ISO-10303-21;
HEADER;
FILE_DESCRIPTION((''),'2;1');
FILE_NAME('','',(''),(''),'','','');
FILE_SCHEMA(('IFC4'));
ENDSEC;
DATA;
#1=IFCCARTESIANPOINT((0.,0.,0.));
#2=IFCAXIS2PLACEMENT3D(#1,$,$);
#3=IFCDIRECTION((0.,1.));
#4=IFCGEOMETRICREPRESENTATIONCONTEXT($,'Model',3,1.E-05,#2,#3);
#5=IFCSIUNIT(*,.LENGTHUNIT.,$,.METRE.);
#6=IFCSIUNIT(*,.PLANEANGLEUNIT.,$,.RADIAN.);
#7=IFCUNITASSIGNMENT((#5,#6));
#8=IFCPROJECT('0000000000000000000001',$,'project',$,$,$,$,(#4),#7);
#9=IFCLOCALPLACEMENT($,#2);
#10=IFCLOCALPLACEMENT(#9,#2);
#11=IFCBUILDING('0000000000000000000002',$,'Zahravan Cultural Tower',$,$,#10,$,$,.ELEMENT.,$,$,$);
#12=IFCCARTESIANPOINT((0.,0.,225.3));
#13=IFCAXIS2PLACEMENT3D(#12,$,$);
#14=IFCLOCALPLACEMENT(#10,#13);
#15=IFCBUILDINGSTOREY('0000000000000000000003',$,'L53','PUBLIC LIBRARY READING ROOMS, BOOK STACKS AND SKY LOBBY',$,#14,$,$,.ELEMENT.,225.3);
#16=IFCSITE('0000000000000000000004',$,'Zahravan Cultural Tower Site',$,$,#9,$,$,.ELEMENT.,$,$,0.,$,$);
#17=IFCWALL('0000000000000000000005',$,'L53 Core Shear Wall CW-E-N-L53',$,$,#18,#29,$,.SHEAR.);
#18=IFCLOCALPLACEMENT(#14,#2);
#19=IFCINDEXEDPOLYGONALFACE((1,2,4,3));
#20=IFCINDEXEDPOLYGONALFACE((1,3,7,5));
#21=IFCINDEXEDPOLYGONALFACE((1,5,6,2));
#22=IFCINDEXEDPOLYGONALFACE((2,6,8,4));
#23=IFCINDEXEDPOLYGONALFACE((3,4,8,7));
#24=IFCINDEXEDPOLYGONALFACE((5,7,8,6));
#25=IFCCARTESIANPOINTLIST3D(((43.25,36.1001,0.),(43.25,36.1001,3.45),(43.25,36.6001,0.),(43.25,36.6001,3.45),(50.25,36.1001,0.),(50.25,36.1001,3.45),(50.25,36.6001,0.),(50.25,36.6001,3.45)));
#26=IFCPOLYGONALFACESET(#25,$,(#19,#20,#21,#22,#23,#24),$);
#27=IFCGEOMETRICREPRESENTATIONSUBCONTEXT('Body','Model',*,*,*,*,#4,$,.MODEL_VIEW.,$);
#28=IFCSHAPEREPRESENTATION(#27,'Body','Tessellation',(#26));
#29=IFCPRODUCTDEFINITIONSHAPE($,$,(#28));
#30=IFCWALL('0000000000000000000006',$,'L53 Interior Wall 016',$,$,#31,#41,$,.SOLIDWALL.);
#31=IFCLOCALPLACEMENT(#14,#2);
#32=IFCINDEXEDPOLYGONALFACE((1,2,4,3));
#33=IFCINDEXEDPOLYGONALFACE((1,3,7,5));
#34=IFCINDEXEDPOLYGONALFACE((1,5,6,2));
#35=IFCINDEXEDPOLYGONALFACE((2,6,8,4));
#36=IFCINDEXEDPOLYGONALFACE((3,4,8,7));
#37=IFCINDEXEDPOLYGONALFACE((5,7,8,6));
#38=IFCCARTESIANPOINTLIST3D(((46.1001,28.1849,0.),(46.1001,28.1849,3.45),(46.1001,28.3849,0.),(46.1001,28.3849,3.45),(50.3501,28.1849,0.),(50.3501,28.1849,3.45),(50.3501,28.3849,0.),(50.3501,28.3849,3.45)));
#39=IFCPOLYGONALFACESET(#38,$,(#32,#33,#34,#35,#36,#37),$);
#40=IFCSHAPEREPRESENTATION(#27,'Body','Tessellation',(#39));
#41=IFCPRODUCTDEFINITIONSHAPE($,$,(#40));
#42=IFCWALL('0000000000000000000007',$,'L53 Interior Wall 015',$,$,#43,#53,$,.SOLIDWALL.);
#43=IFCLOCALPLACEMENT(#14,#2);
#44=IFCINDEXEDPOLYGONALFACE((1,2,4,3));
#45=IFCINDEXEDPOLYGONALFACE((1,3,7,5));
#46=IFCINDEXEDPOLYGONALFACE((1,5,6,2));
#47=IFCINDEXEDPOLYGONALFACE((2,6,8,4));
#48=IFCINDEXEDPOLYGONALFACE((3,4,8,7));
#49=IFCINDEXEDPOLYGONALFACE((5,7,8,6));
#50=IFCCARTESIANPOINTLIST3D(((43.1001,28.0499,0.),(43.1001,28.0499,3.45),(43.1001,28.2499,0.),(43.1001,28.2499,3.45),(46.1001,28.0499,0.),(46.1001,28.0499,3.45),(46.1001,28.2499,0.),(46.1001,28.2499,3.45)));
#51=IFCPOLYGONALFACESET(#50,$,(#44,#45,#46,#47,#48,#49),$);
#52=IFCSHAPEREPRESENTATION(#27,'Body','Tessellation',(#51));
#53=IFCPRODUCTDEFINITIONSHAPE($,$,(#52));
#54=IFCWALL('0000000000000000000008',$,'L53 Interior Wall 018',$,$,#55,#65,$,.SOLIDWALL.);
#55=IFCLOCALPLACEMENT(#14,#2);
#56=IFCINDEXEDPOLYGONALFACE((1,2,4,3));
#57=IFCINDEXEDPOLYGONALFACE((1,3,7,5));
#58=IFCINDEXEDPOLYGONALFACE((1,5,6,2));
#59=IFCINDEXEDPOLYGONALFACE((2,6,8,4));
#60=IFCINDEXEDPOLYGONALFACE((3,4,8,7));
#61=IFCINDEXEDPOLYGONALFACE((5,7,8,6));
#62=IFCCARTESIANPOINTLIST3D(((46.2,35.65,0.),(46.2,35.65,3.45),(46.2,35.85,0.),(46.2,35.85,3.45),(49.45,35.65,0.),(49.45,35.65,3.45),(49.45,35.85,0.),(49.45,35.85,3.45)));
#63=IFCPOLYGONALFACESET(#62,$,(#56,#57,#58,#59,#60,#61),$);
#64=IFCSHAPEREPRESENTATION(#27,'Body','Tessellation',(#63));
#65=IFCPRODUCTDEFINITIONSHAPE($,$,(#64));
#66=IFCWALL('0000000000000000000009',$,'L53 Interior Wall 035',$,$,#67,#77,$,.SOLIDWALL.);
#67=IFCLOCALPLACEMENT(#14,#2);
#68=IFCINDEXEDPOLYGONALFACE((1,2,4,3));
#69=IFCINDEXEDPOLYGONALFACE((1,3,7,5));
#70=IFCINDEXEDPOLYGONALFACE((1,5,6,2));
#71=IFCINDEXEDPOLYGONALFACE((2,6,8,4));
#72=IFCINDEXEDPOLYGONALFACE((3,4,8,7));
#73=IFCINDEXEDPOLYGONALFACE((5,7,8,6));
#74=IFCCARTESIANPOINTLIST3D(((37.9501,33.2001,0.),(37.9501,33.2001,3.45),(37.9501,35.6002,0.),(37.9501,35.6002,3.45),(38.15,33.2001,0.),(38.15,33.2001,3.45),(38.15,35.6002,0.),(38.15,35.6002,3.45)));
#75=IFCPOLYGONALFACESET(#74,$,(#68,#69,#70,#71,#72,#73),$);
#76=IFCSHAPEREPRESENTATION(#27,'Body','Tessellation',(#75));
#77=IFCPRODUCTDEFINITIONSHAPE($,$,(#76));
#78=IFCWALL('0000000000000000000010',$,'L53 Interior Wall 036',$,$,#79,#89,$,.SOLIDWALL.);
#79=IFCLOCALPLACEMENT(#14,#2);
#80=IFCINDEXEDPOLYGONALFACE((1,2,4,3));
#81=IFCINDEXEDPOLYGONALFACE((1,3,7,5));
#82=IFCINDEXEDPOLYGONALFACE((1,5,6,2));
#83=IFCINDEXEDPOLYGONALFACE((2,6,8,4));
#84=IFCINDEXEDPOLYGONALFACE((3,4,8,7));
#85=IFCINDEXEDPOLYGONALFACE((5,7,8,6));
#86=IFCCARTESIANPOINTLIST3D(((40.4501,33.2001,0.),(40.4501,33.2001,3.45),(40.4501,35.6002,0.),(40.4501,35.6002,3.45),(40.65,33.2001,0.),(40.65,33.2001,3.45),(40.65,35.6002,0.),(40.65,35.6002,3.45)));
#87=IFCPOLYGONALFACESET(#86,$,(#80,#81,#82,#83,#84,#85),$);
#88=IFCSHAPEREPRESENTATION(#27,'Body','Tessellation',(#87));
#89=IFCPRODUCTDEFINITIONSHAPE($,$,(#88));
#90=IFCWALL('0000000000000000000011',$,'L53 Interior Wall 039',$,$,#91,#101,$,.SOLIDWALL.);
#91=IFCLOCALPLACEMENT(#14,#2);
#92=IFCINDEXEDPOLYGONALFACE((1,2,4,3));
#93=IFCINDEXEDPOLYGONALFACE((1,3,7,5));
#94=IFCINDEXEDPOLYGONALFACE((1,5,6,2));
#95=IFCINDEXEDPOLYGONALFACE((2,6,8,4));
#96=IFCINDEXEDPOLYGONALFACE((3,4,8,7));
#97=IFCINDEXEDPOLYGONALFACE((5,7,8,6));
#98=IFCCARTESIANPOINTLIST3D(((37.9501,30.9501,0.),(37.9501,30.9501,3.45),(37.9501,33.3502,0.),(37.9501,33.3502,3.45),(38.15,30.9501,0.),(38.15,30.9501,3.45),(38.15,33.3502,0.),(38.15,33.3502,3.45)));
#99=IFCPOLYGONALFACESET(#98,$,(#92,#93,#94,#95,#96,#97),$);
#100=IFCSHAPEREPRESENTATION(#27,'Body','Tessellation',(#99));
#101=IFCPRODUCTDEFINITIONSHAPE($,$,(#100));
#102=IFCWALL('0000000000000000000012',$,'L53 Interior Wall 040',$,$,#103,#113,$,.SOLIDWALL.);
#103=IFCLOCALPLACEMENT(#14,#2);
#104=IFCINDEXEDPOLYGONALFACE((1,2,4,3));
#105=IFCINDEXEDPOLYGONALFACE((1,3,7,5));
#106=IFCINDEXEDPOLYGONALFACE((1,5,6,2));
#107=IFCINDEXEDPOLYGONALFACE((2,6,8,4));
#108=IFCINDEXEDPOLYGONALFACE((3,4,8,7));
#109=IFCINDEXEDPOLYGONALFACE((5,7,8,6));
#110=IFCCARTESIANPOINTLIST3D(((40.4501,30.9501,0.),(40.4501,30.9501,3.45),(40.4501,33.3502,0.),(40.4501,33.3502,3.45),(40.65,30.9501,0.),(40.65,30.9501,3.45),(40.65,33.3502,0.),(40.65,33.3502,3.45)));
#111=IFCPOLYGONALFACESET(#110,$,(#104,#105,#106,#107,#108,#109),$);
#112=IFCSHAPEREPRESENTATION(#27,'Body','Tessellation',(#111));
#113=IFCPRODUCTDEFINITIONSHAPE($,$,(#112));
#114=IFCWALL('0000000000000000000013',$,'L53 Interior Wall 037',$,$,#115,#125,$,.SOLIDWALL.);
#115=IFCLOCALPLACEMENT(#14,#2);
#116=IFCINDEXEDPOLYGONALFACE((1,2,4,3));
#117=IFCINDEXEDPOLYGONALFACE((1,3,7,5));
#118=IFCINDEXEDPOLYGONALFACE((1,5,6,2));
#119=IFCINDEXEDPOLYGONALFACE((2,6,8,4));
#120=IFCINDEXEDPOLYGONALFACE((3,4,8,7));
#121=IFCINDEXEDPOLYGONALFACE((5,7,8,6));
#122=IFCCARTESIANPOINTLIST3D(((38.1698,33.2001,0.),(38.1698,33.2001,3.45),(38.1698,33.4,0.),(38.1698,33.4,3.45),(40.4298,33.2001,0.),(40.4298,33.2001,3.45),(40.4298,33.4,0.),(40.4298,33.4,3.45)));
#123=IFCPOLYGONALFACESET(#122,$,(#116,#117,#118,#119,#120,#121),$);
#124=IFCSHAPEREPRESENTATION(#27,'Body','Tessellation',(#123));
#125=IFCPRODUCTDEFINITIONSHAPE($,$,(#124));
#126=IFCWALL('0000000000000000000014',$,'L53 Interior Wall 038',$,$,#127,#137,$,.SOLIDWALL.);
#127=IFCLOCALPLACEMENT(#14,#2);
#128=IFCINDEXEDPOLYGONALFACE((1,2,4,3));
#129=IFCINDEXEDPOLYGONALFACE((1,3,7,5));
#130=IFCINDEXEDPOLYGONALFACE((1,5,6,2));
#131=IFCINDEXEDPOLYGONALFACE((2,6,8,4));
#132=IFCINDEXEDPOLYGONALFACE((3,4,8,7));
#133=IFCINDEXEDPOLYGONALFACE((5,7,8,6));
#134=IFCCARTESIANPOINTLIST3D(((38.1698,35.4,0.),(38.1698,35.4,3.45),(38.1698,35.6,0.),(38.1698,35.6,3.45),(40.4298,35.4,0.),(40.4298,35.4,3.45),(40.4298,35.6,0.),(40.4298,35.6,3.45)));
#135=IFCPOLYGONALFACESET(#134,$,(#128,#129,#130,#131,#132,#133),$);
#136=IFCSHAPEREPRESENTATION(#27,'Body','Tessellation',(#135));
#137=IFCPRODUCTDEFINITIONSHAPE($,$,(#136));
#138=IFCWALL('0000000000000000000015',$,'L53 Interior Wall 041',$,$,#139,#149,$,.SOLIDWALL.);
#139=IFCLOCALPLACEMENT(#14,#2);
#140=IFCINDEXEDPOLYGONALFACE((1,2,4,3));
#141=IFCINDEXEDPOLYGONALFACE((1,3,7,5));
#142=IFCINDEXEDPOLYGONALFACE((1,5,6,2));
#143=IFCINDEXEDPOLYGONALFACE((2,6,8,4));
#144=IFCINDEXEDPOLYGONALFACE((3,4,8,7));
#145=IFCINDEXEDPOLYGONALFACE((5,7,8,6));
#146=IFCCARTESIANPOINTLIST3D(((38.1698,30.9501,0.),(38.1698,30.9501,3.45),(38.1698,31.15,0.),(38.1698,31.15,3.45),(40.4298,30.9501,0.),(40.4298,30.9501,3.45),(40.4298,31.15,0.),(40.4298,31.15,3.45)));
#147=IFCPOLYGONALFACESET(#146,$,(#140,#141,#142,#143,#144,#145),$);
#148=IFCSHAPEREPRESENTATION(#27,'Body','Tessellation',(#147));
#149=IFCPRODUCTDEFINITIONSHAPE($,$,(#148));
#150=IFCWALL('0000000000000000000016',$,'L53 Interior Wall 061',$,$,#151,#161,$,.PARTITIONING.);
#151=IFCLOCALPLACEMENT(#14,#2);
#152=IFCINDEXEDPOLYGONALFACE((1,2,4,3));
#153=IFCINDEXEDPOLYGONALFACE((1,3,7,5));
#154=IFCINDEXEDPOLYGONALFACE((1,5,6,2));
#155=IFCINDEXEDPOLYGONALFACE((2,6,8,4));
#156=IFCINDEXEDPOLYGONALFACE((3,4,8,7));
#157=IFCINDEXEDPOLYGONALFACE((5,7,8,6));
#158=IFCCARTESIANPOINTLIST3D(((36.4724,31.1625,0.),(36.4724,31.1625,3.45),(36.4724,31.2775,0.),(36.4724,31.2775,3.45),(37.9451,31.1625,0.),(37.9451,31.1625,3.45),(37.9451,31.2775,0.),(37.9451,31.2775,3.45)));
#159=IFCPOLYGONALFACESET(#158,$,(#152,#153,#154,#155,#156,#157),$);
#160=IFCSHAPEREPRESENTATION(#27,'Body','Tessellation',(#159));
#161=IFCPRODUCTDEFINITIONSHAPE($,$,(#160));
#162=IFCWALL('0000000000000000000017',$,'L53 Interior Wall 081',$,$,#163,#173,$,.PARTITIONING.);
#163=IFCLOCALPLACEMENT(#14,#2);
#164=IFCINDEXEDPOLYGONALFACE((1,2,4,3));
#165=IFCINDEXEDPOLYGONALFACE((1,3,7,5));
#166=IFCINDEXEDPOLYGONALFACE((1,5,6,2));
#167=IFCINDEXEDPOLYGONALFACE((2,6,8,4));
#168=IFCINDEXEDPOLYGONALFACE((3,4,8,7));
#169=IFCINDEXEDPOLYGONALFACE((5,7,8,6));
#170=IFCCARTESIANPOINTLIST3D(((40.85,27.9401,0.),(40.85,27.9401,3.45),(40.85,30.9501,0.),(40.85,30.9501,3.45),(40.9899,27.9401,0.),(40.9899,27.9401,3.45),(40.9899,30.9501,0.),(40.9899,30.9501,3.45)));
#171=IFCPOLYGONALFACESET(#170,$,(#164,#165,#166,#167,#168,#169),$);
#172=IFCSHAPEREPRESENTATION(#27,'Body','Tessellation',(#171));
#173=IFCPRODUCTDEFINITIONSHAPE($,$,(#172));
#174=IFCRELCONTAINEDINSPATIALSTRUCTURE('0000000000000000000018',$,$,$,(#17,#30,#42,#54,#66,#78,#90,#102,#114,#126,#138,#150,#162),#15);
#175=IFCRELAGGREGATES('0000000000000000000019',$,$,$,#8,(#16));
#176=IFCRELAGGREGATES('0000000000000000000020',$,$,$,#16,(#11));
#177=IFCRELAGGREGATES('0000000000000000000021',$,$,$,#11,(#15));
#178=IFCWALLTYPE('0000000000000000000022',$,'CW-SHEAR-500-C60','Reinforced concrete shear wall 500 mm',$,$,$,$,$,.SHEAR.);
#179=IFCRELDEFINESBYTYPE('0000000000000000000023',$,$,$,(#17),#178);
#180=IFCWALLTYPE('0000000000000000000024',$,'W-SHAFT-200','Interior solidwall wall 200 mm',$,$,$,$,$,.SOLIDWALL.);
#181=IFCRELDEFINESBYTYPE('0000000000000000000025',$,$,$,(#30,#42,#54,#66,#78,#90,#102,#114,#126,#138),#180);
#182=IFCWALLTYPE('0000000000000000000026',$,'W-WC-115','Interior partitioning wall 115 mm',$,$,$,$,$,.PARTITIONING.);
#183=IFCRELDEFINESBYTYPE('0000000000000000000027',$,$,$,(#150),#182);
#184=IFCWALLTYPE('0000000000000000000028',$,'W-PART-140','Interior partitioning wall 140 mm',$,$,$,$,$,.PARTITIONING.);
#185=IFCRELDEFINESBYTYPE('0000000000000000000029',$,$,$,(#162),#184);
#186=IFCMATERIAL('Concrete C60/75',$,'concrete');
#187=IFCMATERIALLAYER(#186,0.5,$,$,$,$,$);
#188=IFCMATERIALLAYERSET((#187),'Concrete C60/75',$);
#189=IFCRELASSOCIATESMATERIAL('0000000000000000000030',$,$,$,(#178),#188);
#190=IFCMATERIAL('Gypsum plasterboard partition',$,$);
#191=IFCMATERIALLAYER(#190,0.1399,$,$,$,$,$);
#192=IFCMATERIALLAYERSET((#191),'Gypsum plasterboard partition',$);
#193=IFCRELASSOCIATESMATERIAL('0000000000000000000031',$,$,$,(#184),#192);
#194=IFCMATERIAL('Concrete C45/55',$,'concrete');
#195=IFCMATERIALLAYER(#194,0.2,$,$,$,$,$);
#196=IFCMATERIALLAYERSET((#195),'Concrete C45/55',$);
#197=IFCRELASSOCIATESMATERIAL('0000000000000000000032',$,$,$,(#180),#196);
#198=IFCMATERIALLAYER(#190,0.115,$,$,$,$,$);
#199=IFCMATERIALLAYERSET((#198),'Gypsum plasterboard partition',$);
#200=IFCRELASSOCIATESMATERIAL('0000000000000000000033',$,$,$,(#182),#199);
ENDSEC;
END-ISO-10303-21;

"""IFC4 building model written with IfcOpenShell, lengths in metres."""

from ifc_helpers import new_model, si_unit, direction, frame, frame_2d, origin, place, context, subcontext, project, spatial, rectangle, extrude, source, transform, mapped, material, layer, layer_set, type_object, element, save


model = new_model("IFC4")

# Units and contexts
model_context = context("Model", 3, precision=1e-05, world=origin(), true_north=direction((0.0, 1.0)))
body_context = subcontext(model_context, "Body", "Model", "MODEL_VIEW")
ifc_project = project(units=[si_unit("LENGTHUNIT", "METRE"), si_unit("PLANEANGLEUNIT", "RADIAN")], contexts=[model_context])

# Site, building, storey
site_placement = place(None, origin())
site = spatial("IfcSite", under=ifc_project, at=site_placement, Name="Zahravan Cultural Tower Site", CompositionType="ELEMENT", RefElevation=0.0)
building_placement = place(site_placement, origin())
building = spatial("IfcBuilding", under=site, at=building_placement, Name="Zahravan Cultural Tower", CompositionType="ELEMENT")
storey_placement = place(building_placement, frame((0.0, 0.0, 225.3)))
storey = spatial("IfcBuildingStorey", under=building, at=storey_placement, Name="L53", Description="PUBLIC LIBRARY READING ROOMS, BOOK STACKS AND SKY LOBBY", CompositionType="ELEMENT", Elevation=225.3)

# Shared definitions
ifc_material_1 = material(Name="Concrete C60/75", Category="concrete")
ifc_layer_1 = layer(ifc_material_1, 0.5)
ifc_layer_set_1 = layer_set([ifc_layer_1], Name="Concrete C60/75")
wall_type_1 = type_object("IfcWallType", Name="CW-SHEAR-500-C60", Description="Reinforced concrete shear wall 500 mm", PredefinedType="SHEAR", material=ifc_layer_set_1)
ifc_material_2 = material(Name="Gypsum plasterboard partition")
ifc_layer_2 = layer(ifc_material_2, 0.1399)
ifc_layer_set_2 = layer_set([ifc_layer_2], Name="Gypsum plasterboard partition")
wall_type_2 = type_object("IfcWallType", Name="W-PART-140", Description="Interior partitioning wall 140 mm", PredefinedType="PARTITIONING", material=ifc_layer_set_2)
ifc_material_3 = material(Name="Concrete C45/55", Category="concrete")
ifc_layer_3 = layer(ifc_material_3, 0.2)
ifc_layer_set_3 = layer_set([ifc_layer_3], Name="Concrete C45/55")
wall_type_3 = type_object("IfcWallType", Name="W-SHAFT-200", Description="Interior solidwall wall 200 mm", PredefinedType="SOLIDWALL", material=ifc_layer_set_3)

# Walls
shared_shape_1 = source(origin(), body_context, "Body", "SweptSolid", [
    extrude(rectangle(XDim=7.0, YDim=0.5, at=frame_2d((3.5, 0.0))), origin(), (0.0, 0.0, 1.0), 3.45),
])
wall_1_placement = place(storey_placement, frame((43.25, 36.3501, 0.0), z_axis=(0.0, 0.0, 1.0), x_axis=(1.0, 0.0, 0.0)))
element("IfcWall", 1, at=wall_1_placement, inside=storey, type_object=wall_type_1, Name="L53 Core Shear Wall CW-E-N-L53", PredefinedType="SHEAR", context=body_context, shape_type="MappedRepresentation", body=[
    mapped(shared_shape_1, transform((0.0, 0.0, 0.0), x_axis=(1.0, 0.0, 0.0), y_axis=(0.0, 1.0, 0.0), z_axis=(0.0, 0.0, 1.0), scale=1.0)),
])
shared_shape_2 = source(origin(), body_context, "Body", "SweptSolid", [
    extrude(rectangle(XDim=4.25, YDim=0.2, at=frame_2d((2.125, 0.0))), origin(), (0.0, 0.0, 1.0), 3.45),
])
wall_2_placement = place(storey_placement, frame((46.1001, 28.2849, 0.0), z_axis=(0.0, 0.0, 1.0), x_axis=(1.0, 0.0, 0.0)))
element("IfcWall", 2, at=wall_2_placement, inside=storey, type_object=wall_type_3, Name="L53 Interior Wall 016", PredefinedType="SOLIDWALL", context=body_context, shape_type="MappedRepresentation", body=[
    mapped(shared_shape_2, transform((0.0, 0.0, 0.0), x_axis=(1.0, 0.0, 0.0), y_axis=(0.0, 1.0, 0.0), z_axis=(0.0, 0.0, 1.0), scale=1.0)),
])
shared_shape_3 = source(origin(), body_context, "Body", "SweptSolid", [
    extrude(rectangle(XDim=3.0, YDim=0.2, at=frame_2d((1.5, 0.0))), origin(), (0.0, 0.0, 1.0), 3.45),
])
wall_3_placement = place(storey_placement, frame((43.1001, 28.1499, 0.0), z_axis=(0.0, 0.0, 1.0), x_axis=(1.0, 0.0, 0.0)))
element("IfcWall", 3, at=wall_3_placement, inside=storey, type_object=wall_type_3, Name="L53 Interior Wall 015", PredefinedType="SOLIDWALL", context=body_context, shape_type="MappedRepresentation", body=[
    mapped(shared_shape_3, transform((0.0, 0.0, 0.0), x_axis=(1.0, 0.0, 0.0), y_axis=(0.0, 1.0, 0.0), z_axis=(0.0, 0.0, 1.0), scale=1.0)),
])
shared_shape_4 = source(origin(), body_context, "Body", "SweptSolid", [
    extrude(rectangle(XDim=3.25, YDim=0.2, at=frame_2d((1.625, 0.0))), origin(), (0.0, 0.0, 1.0), 3.45),
])
wall_4_placement = place(storey_placement, frame((46.2, 35.75, 0.0), z_axis=(0.0, 0.0, 1.0), x_axis=(1.0, 0.0, 0.0)))
element("IfcWall", 4, at=wall_4_placement, inside=storey, type_object=wall_type_3, Name="L53 Interior Wall 018", PredefinedType="SOLIDWALL", context=body_context, shape_type="MappedRepresentation", body=[
    mapped(shared_shape_4, transform((0.0, 0.0, 0.0), x_axis=(1.0, 0.0, 0.0), y_axis=(0.0, 1.0, 0.0), z_axis=(0.0, 0.0, 1.0), scale=1.0)),
])
shared_shape_5 = source(origin(), body_context, "Body", "SweptSolid", [
    extrude(rectangle(XDim=2.4001, YDim=0.2, at=frame_2d((1.2002, 0.0))), origin(), (0.0, 0.0, 1.0), 3.45),
])
for number, where, z_axis, x_axis, name in (
    (5, (38.05, 33.2, 0.0), (0.0, 0.0, 1.0), (0.0, 1.0, 0.0), "L53 Interior Wall 035"),
    (6, (40.55, 33.2, 0.0), (0.0, 0.0, 1.0), (0.0, 1.0, 0.0), "L53 Interior Wall 036"),
    (7, (38.05, 30.95, 0.0), (0.0, 0.0, 1.0), (0.0, 1.0, 0.0), "L53 Interior Wall 039"),
    (8, (40.55, 30.95, 0.0), (0.0, 0.0, 1.0), (0.0, 1.0, 0.0), "L53 Interior Wall 040"),
):
    element("IfcWall", number, at=place(storey_placement, frame(where, z_axis=z_axis, x_axis=x_axis)), inside=storey, type_object=wall_type_3, Name=name, PredefinedType="SOLIDWALL", context=body_context, shape_type="MappedRepresentation", body=[
        mapped(shared_shape_5, transform((0.0, 0.0, 0.0), x_axis=(1.0, 0.0, 0.0), y_axis=(0.0, 1.0, 0.0), z_axis=(0.0, 0.0, 1.0), scale=1.0)),
    ])
shared_shape_6 = source(origin(), body_context, "Body", "SweptSolid", [
    extrude(rectangle(XDim=2.26, YDim=0.2, at=frame_2d((1.1299, 0.0))), origin(), (0.0, 0.0, 1.0), 3.45),
])
for number, where, z_axis, x_axis, name in (
    (9, (38.1699, 33.3, 0.0), (0.0, 0.0, 1.0), (1.0, 0.0, 0.0), "L53 Interior Wall 037"),
    (10, (38.1699, 35.5, 0.0), (0.0, 0.0, 1.0), (1.0, 0.0, 0.0), "L53 Interior Wall 038"),
    (11, (38.1699, 31.05, 0.0), (0.0, 0.0, 1.0), (1.0, 0.0, 0.0), "L53 Interior Wall 041"),
):
    element("IfcWall", number, at=place(storey_placement, frame(where, z_axis=z_axis, x_axis=x_axis)), inside=storey, type_object=wall_type_3, Name=name, PredefinedType="SOLIDWALL", context=body_context, shape_type="MappedRepresentation", body=[
        mapped(shared_shape_6, transform((0.0, 0.0, 0.0), x_axis=(1.0, 0.0, 0.0), y_axis=(0.0, 1.0, 0.0), z_axis=(0.0, 0.0, 1.0), scale=1.0)),
    ])
ifc_layer_4 = layer(ifc_material_2, 0.115)
ifc_layer_set_4 = layer_set([ifc_layer_4], Name="Gypsum plasterboard partition")
wall_type_4 = type_object("IfcWallType", Name="W-WC-115", Description="Interior partitioning wall 115 mm", PredefinedType="PARTITIONING", material=ifc_layer_set_4)
shared_shape_7 = source(origin(), body_context, "Body", "SweptSolid", [
    extrude(rectangle(XDim=1.4727, YDim=0.115, at=frame_2d((0.7363, 0.0))), origin(), (0.0, 0.0, 1.0), 3.45),
])
wall_5_placement = place(storey_placement, frame((37.9451, 31.22, 0.0), z_axis=(0.0, 0.0, 1.0), x_axis=(-1.0, 0.0, 0.0)))
element("IfcWall", 12, at=wall_5_placement, inside=storey, type_object=wall_type_4, Name="L53 Interior Wall 061", PredefinedType="PARTITIONING", context=body_context, shape_type="MappedRepresentation", body=[
    mapped(shared_shape_7, transform((0.0, 0.0, 0.0), x_axis=(1.0, 0.0, 0.0), y_axis=(0.0, 1.0, 0.0), z_axis=(0.0, 0.0, 1.0), scale=1.0)),
])
shared_shape_8 = source(origin(), body_context, "Body", "SweptSolid", [
    extrude(rectangle(XDim=3.01, YDim=0.1399, at=frame_2d((1.5049, 0.0))), origin(), (0.0, 0.0, 1.0), 3.45),
])
wall_6_placement = place(storey_placement, frame((40.9199, 30.95, 0.0), z_axis=(0.0, 0.0, 1.0), x_axis=(0.0, -1.0, 0.0)))
element("IfcWall", 13, at=wall_6_placement, inside=storey, type_object=wall_type_2, Name="L53 Interior Wall 081", PredefinedType="PARTITIONING", context=body_context, shape_type="MappedRepresentation", body=[
    mapped(shared_shape_8, transform((0.0, 0.0, 0.0), x_axis=(1.0, 0.0, 0.0), y_axis=(0.0, 1.0, 0.0), z_axis=(0.0, 0.0, 1.0), scale=1.0)),
])

save(model, "model.ifc")
